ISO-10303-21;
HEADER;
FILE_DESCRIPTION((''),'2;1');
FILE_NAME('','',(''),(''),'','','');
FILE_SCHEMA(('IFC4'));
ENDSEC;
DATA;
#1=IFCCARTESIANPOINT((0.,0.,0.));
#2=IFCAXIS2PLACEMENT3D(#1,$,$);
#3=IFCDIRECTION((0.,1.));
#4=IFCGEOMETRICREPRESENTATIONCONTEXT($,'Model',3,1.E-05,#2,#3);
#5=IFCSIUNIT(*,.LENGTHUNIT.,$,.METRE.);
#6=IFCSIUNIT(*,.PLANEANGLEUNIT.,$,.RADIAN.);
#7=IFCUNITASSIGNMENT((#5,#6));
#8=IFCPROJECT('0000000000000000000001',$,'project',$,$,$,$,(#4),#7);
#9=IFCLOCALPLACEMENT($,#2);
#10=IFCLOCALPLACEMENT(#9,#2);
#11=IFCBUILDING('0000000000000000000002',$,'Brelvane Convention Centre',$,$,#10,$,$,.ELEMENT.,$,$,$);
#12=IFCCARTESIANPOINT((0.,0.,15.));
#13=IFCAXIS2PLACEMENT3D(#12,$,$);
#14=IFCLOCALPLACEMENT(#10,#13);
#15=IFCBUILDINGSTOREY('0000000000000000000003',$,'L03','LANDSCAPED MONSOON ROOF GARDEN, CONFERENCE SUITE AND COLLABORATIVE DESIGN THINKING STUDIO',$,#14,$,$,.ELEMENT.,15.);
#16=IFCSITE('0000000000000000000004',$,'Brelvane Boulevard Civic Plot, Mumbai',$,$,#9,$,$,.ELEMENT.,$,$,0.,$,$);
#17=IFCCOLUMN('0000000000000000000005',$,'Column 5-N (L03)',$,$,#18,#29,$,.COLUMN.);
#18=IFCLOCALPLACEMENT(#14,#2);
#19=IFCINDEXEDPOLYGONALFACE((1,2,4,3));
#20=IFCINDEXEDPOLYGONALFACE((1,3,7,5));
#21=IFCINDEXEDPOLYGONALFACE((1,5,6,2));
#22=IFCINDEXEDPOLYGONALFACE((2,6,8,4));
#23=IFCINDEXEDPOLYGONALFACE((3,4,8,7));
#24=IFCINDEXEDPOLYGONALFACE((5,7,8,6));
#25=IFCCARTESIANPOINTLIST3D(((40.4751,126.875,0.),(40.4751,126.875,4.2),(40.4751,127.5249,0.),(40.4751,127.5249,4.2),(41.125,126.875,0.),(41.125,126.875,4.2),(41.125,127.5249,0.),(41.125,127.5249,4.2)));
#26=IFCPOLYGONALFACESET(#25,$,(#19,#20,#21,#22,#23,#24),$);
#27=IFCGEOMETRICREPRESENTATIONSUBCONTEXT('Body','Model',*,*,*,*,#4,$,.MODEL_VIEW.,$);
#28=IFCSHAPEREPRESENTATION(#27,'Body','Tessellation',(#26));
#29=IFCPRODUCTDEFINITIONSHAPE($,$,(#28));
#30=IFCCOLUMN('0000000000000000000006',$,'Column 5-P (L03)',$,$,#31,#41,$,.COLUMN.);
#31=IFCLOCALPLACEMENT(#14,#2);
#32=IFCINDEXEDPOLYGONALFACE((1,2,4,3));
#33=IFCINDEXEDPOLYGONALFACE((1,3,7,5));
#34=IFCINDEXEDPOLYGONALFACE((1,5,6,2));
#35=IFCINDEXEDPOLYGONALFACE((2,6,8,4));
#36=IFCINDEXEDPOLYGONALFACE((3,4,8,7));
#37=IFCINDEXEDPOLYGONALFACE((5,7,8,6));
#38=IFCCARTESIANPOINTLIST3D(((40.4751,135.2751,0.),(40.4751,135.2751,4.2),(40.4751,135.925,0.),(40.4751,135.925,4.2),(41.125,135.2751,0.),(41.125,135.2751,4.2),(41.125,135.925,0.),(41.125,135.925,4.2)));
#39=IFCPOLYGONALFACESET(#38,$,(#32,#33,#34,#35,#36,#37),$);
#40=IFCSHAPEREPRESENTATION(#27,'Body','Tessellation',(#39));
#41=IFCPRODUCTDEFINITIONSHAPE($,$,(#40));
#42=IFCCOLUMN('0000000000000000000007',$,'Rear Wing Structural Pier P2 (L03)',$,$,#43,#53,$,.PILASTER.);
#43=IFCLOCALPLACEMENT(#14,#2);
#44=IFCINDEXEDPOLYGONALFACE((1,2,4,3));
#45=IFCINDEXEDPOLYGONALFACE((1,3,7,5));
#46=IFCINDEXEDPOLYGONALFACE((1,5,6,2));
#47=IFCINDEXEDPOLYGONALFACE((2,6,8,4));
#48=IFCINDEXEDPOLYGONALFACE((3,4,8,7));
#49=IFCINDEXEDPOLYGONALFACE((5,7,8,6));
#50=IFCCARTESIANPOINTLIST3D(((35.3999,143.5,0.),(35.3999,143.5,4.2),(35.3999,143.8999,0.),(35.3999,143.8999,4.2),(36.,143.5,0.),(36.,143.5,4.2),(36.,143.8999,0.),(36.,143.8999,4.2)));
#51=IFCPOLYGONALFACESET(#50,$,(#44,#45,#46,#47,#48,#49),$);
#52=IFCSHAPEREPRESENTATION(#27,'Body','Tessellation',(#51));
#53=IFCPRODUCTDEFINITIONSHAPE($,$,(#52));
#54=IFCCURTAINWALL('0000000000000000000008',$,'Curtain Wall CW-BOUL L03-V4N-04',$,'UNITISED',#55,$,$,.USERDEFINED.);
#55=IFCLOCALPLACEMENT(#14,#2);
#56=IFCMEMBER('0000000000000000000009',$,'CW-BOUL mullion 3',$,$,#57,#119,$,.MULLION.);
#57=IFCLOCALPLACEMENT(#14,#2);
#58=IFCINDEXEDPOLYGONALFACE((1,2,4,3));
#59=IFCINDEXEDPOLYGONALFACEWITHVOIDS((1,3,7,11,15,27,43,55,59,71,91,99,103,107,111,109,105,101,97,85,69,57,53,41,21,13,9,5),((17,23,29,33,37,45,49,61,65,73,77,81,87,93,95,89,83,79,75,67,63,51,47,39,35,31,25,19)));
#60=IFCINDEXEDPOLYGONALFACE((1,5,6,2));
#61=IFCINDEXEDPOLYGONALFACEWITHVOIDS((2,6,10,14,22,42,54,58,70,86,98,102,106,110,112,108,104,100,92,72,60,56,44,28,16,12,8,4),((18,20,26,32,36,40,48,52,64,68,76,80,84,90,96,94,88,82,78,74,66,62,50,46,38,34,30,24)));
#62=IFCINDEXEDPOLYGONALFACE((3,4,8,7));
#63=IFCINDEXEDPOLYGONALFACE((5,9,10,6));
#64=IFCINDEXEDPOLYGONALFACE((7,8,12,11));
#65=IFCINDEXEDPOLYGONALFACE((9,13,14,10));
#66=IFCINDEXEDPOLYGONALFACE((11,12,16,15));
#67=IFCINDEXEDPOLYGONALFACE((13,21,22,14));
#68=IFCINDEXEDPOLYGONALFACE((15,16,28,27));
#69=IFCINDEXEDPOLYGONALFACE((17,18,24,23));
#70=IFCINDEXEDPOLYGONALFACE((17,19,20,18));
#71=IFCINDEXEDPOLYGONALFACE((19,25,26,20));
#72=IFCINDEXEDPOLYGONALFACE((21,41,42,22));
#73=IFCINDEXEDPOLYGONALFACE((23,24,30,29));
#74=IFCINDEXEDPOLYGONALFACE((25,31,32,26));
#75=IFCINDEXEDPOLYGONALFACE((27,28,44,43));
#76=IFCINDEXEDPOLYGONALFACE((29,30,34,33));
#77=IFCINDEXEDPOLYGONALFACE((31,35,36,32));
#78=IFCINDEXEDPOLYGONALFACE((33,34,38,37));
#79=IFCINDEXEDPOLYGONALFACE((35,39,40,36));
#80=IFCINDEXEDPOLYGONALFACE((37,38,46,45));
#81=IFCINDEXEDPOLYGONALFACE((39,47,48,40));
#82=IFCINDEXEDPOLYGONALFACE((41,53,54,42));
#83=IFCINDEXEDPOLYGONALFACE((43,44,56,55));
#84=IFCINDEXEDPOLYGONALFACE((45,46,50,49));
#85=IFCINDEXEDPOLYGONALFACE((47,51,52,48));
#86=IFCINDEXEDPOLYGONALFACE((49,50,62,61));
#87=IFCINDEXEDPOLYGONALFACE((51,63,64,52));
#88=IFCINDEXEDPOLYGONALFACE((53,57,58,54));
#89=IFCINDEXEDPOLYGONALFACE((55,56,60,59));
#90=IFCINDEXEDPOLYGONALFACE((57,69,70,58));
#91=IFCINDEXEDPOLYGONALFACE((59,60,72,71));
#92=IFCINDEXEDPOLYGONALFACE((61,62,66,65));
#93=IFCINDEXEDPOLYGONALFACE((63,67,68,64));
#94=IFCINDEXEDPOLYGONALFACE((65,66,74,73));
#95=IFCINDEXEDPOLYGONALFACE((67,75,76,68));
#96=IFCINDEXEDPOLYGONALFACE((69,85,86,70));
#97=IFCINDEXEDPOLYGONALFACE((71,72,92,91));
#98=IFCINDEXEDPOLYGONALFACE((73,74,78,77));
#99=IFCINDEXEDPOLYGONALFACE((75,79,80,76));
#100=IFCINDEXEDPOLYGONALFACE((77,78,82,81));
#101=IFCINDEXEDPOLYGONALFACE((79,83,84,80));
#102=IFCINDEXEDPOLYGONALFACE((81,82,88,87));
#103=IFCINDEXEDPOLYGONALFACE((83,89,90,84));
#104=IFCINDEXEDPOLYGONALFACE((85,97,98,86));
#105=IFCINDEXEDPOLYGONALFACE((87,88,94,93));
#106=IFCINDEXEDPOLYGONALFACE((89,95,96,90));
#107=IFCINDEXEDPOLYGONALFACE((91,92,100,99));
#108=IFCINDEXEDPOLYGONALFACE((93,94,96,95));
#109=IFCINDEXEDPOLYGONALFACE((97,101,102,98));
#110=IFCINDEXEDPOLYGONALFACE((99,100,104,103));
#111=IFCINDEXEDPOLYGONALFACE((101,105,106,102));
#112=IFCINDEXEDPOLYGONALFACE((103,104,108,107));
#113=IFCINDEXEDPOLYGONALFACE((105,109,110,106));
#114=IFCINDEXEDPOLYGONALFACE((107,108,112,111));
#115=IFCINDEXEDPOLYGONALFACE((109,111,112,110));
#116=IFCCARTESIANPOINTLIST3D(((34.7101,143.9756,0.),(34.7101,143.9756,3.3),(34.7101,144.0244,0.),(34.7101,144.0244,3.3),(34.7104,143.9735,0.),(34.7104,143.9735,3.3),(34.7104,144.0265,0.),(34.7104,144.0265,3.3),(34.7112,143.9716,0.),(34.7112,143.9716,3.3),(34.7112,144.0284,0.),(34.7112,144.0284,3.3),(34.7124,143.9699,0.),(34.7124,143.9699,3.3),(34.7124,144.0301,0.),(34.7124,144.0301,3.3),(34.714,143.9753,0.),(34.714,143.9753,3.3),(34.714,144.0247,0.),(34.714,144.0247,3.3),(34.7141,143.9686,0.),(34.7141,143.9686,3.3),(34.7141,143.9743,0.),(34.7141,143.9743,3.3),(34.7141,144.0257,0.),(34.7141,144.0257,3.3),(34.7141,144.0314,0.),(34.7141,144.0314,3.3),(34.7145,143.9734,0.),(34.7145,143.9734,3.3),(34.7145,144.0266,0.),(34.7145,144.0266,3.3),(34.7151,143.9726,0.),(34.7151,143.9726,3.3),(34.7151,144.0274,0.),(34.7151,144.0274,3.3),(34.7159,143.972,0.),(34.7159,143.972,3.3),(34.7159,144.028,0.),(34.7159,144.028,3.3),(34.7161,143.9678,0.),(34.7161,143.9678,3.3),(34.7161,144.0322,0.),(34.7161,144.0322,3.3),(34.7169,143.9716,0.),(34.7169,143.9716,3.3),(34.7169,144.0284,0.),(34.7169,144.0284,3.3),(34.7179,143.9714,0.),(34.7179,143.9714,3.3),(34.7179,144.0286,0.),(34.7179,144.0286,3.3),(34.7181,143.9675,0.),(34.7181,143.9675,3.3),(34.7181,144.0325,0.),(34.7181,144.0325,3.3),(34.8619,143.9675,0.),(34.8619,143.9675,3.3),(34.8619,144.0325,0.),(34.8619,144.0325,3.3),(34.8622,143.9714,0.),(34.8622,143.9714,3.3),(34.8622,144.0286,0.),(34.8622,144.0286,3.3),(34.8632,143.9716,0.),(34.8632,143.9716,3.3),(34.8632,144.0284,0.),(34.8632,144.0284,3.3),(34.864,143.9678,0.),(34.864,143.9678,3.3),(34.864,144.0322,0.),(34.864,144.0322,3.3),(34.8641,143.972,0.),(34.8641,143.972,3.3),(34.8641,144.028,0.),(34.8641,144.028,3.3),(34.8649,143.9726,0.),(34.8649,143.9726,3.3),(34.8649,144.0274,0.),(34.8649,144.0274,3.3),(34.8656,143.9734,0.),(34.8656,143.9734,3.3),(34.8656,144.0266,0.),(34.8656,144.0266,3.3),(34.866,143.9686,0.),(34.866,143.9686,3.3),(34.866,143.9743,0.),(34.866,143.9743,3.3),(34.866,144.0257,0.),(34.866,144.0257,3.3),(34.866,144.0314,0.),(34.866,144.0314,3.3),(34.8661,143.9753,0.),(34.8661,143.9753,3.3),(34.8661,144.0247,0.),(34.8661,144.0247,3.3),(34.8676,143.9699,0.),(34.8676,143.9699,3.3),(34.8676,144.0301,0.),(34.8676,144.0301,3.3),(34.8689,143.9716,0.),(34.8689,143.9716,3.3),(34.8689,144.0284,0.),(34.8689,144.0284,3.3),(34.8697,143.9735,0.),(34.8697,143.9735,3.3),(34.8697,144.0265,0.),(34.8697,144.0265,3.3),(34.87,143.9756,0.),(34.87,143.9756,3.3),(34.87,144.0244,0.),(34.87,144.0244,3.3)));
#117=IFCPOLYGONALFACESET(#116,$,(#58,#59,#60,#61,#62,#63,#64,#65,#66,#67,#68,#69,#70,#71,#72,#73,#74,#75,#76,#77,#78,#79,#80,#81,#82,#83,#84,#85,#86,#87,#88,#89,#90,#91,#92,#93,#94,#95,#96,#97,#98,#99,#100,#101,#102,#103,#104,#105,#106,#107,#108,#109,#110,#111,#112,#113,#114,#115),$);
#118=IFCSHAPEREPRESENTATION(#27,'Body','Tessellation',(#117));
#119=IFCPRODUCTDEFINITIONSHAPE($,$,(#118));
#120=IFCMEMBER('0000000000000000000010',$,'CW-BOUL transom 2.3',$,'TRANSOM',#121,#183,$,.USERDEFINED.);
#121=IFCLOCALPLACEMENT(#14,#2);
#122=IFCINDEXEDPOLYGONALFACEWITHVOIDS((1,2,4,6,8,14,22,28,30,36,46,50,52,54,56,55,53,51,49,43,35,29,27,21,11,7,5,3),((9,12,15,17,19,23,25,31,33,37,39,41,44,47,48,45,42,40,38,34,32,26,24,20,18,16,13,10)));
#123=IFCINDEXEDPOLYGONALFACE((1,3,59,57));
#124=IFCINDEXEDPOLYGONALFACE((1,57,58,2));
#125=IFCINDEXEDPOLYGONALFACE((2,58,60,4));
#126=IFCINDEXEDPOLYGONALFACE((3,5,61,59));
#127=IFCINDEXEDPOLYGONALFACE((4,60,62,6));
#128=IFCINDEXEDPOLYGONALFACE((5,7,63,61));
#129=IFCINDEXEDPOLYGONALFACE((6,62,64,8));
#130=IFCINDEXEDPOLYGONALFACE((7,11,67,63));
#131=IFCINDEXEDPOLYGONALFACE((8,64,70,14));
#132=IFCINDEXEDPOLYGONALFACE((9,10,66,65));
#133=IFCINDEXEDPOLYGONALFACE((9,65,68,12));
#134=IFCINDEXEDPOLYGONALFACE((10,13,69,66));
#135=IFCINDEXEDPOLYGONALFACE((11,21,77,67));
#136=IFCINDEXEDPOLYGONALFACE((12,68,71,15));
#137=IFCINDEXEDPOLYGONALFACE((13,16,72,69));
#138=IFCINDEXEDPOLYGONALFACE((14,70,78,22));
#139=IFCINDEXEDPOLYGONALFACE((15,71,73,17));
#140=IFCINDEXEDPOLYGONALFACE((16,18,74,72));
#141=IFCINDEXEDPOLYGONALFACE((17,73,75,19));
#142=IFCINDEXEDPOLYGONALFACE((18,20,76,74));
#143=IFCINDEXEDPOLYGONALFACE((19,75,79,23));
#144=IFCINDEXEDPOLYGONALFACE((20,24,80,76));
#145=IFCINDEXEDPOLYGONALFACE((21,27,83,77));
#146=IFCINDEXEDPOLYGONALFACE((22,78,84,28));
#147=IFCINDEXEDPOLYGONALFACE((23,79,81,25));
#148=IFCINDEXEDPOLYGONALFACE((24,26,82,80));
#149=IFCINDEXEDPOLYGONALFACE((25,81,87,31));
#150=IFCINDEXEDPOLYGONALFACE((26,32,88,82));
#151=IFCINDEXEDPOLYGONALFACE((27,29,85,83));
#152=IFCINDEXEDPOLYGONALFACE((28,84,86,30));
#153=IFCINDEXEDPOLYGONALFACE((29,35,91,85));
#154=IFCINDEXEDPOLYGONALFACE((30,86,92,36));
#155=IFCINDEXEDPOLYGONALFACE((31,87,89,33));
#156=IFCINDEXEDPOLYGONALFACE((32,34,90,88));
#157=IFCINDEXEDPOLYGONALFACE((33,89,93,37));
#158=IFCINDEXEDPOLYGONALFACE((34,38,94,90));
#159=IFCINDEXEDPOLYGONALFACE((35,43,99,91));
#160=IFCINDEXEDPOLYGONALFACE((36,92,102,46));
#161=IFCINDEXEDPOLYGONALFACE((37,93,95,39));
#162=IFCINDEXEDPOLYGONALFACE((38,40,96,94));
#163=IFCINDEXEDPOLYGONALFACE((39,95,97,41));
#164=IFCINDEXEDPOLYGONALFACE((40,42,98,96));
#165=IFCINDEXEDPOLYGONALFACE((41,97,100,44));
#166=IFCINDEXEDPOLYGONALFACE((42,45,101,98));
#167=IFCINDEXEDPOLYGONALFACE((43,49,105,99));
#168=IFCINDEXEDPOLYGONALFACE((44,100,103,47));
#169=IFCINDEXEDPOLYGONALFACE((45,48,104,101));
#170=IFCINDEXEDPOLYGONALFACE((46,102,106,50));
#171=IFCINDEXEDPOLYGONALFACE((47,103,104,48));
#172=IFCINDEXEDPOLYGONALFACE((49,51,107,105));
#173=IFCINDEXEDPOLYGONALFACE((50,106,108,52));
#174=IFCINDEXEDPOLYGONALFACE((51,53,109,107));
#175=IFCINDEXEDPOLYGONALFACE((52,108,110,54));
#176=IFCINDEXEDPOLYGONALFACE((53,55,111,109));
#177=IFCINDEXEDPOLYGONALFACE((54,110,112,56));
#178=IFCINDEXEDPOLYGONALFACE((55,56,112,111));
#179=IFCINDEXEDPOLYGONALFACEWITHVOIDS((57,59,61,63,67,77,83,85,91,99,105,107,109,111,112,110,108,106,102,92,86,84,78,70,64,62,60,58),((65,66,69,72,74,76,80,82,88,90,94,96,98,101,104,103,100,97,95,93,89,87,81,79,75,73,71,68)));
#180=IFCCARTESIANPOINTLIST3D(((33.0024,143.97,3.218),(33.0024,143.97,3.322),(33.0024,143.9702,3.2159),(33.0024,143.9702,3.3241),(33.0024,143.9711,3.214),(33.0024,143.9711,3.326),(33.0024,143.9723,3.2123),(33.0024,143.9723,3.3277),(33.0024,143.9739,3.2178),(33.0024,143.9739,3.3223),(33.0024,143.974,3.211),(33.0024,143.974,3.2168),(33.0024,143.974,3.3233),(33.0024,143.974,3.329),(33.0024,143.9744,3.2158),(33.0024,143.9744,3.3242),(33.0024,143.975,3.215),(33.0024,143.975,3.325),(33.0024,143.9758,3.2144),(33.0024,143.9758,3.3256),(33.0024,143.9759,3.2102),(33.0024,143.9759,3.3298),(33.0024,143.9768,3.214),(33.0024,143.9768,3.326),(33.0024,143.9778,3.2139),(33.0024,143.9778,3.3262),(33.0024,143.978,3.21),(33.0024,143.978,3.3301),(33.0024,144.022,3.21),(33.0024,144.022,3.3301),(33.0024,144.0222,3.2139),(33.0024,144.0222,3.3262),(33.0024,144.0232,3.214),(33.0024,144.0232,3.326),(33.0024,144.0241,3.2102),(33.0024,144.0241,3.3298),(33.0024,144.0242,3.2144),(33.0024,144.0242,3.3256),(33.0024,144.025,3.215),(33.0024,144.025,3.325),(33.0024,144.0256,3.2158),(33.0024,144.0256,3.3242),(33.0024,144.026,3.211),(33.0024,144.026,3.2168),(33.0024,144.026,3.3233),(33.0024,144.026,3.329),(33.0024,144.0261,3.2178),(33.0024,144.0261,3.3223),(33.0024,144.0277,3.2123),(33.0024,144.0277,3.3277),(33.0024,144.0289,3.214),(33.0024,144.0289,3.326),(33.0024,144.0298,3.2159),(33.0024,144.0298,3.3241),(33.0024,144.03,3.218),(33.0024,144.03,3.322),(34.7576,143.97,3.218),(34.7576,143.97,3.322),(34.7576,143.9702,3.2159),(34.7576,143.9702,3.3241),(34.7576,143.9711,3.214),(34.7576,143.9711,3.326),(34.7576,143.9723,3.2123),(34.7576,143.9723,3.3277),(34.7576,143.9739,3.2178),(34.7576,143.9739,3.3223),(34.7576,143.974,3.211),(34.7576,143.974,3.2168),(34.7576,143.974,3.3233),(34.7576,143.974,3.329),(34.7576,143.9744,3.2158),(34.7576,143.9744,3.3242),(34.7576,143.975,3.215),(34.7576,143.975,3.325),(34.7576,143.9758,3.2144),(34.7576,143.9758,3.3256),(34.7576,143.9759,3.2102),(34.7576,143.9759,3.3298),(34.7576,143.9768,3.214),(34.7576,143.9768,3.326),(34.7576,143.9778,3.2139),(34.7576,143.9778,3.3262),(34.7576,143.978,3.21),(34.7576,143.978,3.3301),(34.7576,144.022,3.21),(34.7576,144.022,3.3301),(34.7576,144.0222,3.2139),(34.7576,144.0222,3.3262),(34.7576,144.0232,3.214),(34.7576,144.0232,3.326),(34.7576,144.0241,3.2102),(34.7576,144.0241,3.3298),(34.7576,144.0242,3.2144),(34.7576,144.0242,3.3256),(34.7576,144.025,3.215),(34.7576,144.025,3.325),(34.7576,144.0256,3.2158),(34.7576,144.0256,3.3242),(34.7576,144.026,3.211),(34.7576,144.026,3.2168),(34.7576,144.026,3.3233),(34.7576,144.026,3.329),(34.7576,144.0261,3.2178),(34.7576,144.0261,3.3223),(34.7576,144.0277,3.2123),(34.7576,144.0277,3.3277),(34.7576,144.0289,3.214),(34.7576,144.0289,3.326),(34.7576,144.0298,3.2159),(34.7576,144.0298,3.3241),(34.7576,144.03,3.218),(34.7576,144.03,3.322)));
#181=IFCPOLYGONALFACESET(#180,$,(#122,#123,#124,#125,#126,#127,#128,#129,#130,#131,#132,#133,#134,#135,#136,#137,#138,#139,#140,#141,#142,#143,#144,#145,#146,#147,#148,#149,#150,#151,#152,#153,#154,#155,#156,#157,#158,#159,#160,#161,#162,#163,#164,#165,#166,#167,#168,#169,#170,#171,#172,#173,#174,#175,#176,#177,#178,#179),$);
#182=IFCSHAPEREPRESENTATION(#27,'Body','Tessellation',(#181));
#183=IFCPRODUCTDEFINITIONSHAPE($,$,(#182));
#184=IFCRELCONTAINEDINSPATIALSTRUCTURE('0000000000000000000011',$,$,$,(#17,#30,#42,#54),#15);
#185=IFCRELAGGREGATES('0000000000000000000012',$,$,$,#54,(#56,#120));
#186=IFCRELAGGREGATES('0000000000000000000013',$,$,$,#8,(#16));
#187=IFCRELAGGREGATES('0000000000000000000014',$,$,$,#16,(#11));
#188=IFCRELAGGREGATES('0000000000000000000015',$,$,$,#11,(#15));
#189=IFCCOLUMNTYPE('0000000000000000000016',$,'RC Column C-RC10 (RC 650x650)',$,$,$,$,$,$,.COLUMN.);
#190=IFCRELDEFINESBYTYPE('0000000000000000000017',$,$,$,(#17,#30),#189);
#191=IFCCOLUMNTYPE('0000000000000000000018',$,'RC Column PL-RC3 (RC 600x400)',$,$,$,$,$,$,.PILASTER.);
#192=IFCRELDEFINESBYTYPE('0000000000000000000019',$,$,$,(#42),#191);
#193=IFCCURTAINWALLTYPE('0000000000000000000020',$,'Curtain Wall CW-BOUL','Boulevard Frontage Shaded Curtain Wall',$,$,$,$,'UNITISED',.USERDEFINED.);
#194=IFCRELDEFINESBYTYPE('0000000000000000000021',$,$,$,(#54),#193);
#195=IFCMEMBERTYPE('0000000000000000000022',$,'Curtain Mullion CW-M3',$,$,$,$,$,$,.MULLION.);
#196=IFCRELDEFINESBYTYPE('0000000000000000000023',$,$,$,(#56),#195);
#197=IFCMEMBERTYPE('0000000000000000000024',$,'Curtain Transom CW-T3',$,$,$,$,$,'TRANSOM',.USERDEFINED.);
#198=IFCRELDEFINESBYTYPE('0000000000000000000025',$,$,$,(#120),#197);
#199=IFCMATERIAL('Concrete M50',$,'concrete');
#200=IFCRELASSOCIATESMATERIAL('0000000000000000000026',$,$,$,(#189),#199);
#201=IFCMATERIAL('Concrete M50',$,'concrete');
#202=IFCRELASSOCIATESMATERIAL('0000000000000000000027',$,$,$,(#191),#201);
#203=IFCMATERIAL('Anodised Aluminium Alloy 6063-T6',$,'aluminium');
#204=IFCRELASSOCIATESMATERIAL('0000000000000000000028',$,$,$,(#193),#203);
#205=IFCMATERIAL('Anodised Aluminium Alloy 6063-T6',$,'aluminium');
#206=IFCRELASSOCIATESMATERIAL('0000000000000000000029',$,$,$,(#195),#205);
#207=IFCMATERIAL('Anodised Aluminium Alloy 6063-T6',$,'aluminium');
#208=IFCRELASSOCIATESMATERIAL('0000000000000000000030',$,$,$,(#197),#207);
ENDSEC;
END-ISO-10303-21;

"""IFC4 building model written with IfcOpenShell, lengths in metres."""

from ifc_helpers import new_model, si_unit, direction, frame, origin, origin_2d, place, context, subcontext, project, spatial, rectangle, hollow_rectangle, extrude, material, material_profile, profile_set, type_object, element, aggregate, save


model = new_model("IFC4")

# Units and contexts
model_context = context("Model", 3, precision=1e-05, world=origin(), true_north=direction((0.0, 1.0)))
body_context = subcontext(model_context, "Body", "Model", "MODEL_VIEW")
ifc_project = project(units=[si_unit("LENGTHUNIT", "METRE"), si_unit("PLANEANGLEUNIT", "RADIAN")], contexts=[model_context])

# Site, building, storey
site_placement = place(None, origin())
site = spatial("IfcSite", under=ifc_project, at=site_placement, Name="Brelvane Boulevard Civic Plot, Mumbai", CompositionType="ELEMENT", RefElevation=0.0)
building_placement = place(site_placement, origin())
building = spatial("IfcBuilding", under=site, at=building_placement, Name="Brelvane Convention Centre", CompositionType="ELEMENT")
storey_placement = place(building_placement, frame((0.0, 0.0, 15.0)))
storey = spatial("IfcBuildingStorey", under=building, at=storey_placement, Name="L03", Description="LANDSCAPED MONSOON ROOF GARDEN, CONFERENCE SUITE AND COLLABORATIVE DESIGN THINKING STUDIO", CompositionType="ELEMENT", Elevation=15.0)

# Columns
ifc_material_1 = material(Name="Concrete M50", Category="concrete")
ifc_material_profile_1 = material_profile(ifc_material_1, rectangle(XDim=0.6499, YDim=0.6499, at=origin_2d()), Name="RC 650x650")
ifc_profile_set_1 = profile_set([ifc_material_profile_1], Name="Concrete M50")
column_type_1 = type_object("IfcColumnType", Name="RC Column C-RC10 (RC 650x650)", PredefinedType="COLUMN", material=ifc_profile_set_1)
for number, where, z_axis, x_axis, name in (
    (1, (40.8, 127.2, 0.0), (0.0, 0.0, 1.0), (1.0, 0.0, 0.0), "Column 5-N (L03)"),
    (2, (40.8, 135.6001, 0.0), (0.0, 0.0, 1.0), (1.0, 0.0, 0.0), "Column 5-P (L03)"),
):
    element("IfcColumn", number, at=place(storey_placement, frame(where, z_axis=z_axis, x_axis=x_axis)), inside=storey, type_object=column_type_1, Name=name, PredefinedType="COLUMN", context=body_context, shape_type="SweptSolid", body=[
        extrude(rectangle(XDim=0.6499, YDim=0.6499, at=origin_2d()), origin(), (0.0, 0.0, 1.0), 4.2),
    ])
ifc_material_2 = material(Name="Concrete M50", Category="concrete")
ifc_material_profile_2 = material_profile(ifc_material_2, rectangle(XDim=0.6001, YDim=0.3999, at=origin_2d()), Name="RC 600x400")
ifc_profile_set_2 = profile_set([ifc_material_profile_2], Name="Concrete M50")
column_type_2 = type_object("IfcColumnType", Name="RC Column PL-RC3 (RC 600x400)", PredefinedType="PILASTER", material=ifc_profile_set_2)
column_placement = place(storey_placement, frame((35.7, 143.7, 0.0), z_axis=(0.0, 0.0, 1.0), x_axis=(1.0, 0.0, 0.0)))
element("IfcColumn", 3, at=column_placement, inside=storey, type_object=column_type_2, Name="Rear Wing Structural Pier P2 (L03)", PredefinedType="PILASTER", context=body_context, shape_type="SweptSolid", body=[
    extrude(rectangle(XDim=0.6001, YDim=0.3999, at=origin_2d()), origin(), (0.0, 0.0, 1.0), 4.2),
])

# Curtain wall, members
ifc_material_3 = material(Name="Anodised Aluminium Alloy 6063-T6", Category="aluminium")
curtain_wall_type = type_object("IfcCurtainWallType", Name="Curtain Wall CW-BOUL", Description="Boulevard Frontage Shaded Curtain Wall", ElementType="UNITISED", PredefinedType="USERDEFINED", material=ifc_material_3)
curtain_wall_placement = place(storey_placement, origin())
curtain_wall = element("IfcCurtainWall", 4, at=curtain_wall_placement, inside=storey, type_object=curtain_wall_type, Name="Curtain Wall CW-BOUL L03-V4N-04", ObjectType="UNITISED", PredefinedType="USERDEFINED")
ifc_material_4 = material(Name="Anodised Aluminium Alloy 6063-T6", Category="aluminium")
ifc_material_profile_3 = material_profile(ifc_material_4, hollow_rectangle(XDim=0.0649, YDim=0.1599, WallThickness=0.0039, InnerFilletRadius=0.0039, OuterFilletRadius=0.0081, at=origin_2d()), Name="ALU-M 160x65x4.0")
ifc_profile_set_3 = profile_set([ifc_material_profile_3], Name="Anodised Aluminium Alloy 6063-T6")
member_type_1 = type_object("IfcMemberType", Name="Curtain Mullion CW-M3", PredefinedType="MULLION", material=ifc_profile_set_3)
member_1_placement = place(storey_placement, frame((34.79, 144.0, 0.0), z_axis=(0.0, 0.0, 1.0), x_axis=(0.0, 1.0, 0.0)))
member_1 = element("IfcMember", 5, at=member_1_placement, type_object=member_type_1, Name="CW-BOUL mullion 3", PredefinedType="MULLION", context=body_context, shape_type="SweptSolid", body=[
    extrude(hollow_rectangle(XDim=0.0649, YDim=0.1599, WallThickness=0.0039, InnerFilletRadius=0.0039, OuterFilletRadius=0.0081, at=origin_2d()), origin(), (0.0, 0.0, 1.0), 3.3),
])
ifc_material_5 = material(Name="Anodised Aluminium Alloy 6063-T6", Category="aluminium")
ifc_material_profile_4 = material_profile(ifc_material_5, hollow_rectangle(XDim=0.0601, YDim=0.1201, WallThickness=0.0039, InnerFilletRadius=0.0039, OuterFilletRadius=0.0081, at=origin_2d()), Name="ALU-T 120x60x4.0")
ifc_profile_set_4 = profile_set([ifc_material_profile_4], Name="Anodised Aluminium Alloy 6063-T6")
member_type_2 = type_object("IfcMemberType", Name="Curtain Transom CW-T3", ElementType="TRANSOM", PredefinedType="USERDEFINED", material=ifc_profile_set_4)
member_2_placement = place(storey_placement, frame((33.0024, 144.0, 3.27), z_axis=(1.0, 0.0, 0.0), x_axis=(0.0, 1.0, 0.0)))
member_2 = element("IfcMember", 6, at=member_2_placement, type_object=member_type_2, Name="CW-BOUL transom 2.3", ObjectType="TRANSOM", PredefinedType="USERDEFINED", context=body_context, shape_type="SweptSolid", body=[
    extrude(hollow_rectangle(XDim=0.0601, YDim=0.1201, WallThickness=0.0039, InnerFilletRadius=0.0039, OuterFilletRadius=0.0081, at=origin_2d()), origin(), (0.0, 0.0, 1.0), 1.7551),
])

aggregate(curtain_wall, [member_1, member_2])

save(model, "model.ifc")
